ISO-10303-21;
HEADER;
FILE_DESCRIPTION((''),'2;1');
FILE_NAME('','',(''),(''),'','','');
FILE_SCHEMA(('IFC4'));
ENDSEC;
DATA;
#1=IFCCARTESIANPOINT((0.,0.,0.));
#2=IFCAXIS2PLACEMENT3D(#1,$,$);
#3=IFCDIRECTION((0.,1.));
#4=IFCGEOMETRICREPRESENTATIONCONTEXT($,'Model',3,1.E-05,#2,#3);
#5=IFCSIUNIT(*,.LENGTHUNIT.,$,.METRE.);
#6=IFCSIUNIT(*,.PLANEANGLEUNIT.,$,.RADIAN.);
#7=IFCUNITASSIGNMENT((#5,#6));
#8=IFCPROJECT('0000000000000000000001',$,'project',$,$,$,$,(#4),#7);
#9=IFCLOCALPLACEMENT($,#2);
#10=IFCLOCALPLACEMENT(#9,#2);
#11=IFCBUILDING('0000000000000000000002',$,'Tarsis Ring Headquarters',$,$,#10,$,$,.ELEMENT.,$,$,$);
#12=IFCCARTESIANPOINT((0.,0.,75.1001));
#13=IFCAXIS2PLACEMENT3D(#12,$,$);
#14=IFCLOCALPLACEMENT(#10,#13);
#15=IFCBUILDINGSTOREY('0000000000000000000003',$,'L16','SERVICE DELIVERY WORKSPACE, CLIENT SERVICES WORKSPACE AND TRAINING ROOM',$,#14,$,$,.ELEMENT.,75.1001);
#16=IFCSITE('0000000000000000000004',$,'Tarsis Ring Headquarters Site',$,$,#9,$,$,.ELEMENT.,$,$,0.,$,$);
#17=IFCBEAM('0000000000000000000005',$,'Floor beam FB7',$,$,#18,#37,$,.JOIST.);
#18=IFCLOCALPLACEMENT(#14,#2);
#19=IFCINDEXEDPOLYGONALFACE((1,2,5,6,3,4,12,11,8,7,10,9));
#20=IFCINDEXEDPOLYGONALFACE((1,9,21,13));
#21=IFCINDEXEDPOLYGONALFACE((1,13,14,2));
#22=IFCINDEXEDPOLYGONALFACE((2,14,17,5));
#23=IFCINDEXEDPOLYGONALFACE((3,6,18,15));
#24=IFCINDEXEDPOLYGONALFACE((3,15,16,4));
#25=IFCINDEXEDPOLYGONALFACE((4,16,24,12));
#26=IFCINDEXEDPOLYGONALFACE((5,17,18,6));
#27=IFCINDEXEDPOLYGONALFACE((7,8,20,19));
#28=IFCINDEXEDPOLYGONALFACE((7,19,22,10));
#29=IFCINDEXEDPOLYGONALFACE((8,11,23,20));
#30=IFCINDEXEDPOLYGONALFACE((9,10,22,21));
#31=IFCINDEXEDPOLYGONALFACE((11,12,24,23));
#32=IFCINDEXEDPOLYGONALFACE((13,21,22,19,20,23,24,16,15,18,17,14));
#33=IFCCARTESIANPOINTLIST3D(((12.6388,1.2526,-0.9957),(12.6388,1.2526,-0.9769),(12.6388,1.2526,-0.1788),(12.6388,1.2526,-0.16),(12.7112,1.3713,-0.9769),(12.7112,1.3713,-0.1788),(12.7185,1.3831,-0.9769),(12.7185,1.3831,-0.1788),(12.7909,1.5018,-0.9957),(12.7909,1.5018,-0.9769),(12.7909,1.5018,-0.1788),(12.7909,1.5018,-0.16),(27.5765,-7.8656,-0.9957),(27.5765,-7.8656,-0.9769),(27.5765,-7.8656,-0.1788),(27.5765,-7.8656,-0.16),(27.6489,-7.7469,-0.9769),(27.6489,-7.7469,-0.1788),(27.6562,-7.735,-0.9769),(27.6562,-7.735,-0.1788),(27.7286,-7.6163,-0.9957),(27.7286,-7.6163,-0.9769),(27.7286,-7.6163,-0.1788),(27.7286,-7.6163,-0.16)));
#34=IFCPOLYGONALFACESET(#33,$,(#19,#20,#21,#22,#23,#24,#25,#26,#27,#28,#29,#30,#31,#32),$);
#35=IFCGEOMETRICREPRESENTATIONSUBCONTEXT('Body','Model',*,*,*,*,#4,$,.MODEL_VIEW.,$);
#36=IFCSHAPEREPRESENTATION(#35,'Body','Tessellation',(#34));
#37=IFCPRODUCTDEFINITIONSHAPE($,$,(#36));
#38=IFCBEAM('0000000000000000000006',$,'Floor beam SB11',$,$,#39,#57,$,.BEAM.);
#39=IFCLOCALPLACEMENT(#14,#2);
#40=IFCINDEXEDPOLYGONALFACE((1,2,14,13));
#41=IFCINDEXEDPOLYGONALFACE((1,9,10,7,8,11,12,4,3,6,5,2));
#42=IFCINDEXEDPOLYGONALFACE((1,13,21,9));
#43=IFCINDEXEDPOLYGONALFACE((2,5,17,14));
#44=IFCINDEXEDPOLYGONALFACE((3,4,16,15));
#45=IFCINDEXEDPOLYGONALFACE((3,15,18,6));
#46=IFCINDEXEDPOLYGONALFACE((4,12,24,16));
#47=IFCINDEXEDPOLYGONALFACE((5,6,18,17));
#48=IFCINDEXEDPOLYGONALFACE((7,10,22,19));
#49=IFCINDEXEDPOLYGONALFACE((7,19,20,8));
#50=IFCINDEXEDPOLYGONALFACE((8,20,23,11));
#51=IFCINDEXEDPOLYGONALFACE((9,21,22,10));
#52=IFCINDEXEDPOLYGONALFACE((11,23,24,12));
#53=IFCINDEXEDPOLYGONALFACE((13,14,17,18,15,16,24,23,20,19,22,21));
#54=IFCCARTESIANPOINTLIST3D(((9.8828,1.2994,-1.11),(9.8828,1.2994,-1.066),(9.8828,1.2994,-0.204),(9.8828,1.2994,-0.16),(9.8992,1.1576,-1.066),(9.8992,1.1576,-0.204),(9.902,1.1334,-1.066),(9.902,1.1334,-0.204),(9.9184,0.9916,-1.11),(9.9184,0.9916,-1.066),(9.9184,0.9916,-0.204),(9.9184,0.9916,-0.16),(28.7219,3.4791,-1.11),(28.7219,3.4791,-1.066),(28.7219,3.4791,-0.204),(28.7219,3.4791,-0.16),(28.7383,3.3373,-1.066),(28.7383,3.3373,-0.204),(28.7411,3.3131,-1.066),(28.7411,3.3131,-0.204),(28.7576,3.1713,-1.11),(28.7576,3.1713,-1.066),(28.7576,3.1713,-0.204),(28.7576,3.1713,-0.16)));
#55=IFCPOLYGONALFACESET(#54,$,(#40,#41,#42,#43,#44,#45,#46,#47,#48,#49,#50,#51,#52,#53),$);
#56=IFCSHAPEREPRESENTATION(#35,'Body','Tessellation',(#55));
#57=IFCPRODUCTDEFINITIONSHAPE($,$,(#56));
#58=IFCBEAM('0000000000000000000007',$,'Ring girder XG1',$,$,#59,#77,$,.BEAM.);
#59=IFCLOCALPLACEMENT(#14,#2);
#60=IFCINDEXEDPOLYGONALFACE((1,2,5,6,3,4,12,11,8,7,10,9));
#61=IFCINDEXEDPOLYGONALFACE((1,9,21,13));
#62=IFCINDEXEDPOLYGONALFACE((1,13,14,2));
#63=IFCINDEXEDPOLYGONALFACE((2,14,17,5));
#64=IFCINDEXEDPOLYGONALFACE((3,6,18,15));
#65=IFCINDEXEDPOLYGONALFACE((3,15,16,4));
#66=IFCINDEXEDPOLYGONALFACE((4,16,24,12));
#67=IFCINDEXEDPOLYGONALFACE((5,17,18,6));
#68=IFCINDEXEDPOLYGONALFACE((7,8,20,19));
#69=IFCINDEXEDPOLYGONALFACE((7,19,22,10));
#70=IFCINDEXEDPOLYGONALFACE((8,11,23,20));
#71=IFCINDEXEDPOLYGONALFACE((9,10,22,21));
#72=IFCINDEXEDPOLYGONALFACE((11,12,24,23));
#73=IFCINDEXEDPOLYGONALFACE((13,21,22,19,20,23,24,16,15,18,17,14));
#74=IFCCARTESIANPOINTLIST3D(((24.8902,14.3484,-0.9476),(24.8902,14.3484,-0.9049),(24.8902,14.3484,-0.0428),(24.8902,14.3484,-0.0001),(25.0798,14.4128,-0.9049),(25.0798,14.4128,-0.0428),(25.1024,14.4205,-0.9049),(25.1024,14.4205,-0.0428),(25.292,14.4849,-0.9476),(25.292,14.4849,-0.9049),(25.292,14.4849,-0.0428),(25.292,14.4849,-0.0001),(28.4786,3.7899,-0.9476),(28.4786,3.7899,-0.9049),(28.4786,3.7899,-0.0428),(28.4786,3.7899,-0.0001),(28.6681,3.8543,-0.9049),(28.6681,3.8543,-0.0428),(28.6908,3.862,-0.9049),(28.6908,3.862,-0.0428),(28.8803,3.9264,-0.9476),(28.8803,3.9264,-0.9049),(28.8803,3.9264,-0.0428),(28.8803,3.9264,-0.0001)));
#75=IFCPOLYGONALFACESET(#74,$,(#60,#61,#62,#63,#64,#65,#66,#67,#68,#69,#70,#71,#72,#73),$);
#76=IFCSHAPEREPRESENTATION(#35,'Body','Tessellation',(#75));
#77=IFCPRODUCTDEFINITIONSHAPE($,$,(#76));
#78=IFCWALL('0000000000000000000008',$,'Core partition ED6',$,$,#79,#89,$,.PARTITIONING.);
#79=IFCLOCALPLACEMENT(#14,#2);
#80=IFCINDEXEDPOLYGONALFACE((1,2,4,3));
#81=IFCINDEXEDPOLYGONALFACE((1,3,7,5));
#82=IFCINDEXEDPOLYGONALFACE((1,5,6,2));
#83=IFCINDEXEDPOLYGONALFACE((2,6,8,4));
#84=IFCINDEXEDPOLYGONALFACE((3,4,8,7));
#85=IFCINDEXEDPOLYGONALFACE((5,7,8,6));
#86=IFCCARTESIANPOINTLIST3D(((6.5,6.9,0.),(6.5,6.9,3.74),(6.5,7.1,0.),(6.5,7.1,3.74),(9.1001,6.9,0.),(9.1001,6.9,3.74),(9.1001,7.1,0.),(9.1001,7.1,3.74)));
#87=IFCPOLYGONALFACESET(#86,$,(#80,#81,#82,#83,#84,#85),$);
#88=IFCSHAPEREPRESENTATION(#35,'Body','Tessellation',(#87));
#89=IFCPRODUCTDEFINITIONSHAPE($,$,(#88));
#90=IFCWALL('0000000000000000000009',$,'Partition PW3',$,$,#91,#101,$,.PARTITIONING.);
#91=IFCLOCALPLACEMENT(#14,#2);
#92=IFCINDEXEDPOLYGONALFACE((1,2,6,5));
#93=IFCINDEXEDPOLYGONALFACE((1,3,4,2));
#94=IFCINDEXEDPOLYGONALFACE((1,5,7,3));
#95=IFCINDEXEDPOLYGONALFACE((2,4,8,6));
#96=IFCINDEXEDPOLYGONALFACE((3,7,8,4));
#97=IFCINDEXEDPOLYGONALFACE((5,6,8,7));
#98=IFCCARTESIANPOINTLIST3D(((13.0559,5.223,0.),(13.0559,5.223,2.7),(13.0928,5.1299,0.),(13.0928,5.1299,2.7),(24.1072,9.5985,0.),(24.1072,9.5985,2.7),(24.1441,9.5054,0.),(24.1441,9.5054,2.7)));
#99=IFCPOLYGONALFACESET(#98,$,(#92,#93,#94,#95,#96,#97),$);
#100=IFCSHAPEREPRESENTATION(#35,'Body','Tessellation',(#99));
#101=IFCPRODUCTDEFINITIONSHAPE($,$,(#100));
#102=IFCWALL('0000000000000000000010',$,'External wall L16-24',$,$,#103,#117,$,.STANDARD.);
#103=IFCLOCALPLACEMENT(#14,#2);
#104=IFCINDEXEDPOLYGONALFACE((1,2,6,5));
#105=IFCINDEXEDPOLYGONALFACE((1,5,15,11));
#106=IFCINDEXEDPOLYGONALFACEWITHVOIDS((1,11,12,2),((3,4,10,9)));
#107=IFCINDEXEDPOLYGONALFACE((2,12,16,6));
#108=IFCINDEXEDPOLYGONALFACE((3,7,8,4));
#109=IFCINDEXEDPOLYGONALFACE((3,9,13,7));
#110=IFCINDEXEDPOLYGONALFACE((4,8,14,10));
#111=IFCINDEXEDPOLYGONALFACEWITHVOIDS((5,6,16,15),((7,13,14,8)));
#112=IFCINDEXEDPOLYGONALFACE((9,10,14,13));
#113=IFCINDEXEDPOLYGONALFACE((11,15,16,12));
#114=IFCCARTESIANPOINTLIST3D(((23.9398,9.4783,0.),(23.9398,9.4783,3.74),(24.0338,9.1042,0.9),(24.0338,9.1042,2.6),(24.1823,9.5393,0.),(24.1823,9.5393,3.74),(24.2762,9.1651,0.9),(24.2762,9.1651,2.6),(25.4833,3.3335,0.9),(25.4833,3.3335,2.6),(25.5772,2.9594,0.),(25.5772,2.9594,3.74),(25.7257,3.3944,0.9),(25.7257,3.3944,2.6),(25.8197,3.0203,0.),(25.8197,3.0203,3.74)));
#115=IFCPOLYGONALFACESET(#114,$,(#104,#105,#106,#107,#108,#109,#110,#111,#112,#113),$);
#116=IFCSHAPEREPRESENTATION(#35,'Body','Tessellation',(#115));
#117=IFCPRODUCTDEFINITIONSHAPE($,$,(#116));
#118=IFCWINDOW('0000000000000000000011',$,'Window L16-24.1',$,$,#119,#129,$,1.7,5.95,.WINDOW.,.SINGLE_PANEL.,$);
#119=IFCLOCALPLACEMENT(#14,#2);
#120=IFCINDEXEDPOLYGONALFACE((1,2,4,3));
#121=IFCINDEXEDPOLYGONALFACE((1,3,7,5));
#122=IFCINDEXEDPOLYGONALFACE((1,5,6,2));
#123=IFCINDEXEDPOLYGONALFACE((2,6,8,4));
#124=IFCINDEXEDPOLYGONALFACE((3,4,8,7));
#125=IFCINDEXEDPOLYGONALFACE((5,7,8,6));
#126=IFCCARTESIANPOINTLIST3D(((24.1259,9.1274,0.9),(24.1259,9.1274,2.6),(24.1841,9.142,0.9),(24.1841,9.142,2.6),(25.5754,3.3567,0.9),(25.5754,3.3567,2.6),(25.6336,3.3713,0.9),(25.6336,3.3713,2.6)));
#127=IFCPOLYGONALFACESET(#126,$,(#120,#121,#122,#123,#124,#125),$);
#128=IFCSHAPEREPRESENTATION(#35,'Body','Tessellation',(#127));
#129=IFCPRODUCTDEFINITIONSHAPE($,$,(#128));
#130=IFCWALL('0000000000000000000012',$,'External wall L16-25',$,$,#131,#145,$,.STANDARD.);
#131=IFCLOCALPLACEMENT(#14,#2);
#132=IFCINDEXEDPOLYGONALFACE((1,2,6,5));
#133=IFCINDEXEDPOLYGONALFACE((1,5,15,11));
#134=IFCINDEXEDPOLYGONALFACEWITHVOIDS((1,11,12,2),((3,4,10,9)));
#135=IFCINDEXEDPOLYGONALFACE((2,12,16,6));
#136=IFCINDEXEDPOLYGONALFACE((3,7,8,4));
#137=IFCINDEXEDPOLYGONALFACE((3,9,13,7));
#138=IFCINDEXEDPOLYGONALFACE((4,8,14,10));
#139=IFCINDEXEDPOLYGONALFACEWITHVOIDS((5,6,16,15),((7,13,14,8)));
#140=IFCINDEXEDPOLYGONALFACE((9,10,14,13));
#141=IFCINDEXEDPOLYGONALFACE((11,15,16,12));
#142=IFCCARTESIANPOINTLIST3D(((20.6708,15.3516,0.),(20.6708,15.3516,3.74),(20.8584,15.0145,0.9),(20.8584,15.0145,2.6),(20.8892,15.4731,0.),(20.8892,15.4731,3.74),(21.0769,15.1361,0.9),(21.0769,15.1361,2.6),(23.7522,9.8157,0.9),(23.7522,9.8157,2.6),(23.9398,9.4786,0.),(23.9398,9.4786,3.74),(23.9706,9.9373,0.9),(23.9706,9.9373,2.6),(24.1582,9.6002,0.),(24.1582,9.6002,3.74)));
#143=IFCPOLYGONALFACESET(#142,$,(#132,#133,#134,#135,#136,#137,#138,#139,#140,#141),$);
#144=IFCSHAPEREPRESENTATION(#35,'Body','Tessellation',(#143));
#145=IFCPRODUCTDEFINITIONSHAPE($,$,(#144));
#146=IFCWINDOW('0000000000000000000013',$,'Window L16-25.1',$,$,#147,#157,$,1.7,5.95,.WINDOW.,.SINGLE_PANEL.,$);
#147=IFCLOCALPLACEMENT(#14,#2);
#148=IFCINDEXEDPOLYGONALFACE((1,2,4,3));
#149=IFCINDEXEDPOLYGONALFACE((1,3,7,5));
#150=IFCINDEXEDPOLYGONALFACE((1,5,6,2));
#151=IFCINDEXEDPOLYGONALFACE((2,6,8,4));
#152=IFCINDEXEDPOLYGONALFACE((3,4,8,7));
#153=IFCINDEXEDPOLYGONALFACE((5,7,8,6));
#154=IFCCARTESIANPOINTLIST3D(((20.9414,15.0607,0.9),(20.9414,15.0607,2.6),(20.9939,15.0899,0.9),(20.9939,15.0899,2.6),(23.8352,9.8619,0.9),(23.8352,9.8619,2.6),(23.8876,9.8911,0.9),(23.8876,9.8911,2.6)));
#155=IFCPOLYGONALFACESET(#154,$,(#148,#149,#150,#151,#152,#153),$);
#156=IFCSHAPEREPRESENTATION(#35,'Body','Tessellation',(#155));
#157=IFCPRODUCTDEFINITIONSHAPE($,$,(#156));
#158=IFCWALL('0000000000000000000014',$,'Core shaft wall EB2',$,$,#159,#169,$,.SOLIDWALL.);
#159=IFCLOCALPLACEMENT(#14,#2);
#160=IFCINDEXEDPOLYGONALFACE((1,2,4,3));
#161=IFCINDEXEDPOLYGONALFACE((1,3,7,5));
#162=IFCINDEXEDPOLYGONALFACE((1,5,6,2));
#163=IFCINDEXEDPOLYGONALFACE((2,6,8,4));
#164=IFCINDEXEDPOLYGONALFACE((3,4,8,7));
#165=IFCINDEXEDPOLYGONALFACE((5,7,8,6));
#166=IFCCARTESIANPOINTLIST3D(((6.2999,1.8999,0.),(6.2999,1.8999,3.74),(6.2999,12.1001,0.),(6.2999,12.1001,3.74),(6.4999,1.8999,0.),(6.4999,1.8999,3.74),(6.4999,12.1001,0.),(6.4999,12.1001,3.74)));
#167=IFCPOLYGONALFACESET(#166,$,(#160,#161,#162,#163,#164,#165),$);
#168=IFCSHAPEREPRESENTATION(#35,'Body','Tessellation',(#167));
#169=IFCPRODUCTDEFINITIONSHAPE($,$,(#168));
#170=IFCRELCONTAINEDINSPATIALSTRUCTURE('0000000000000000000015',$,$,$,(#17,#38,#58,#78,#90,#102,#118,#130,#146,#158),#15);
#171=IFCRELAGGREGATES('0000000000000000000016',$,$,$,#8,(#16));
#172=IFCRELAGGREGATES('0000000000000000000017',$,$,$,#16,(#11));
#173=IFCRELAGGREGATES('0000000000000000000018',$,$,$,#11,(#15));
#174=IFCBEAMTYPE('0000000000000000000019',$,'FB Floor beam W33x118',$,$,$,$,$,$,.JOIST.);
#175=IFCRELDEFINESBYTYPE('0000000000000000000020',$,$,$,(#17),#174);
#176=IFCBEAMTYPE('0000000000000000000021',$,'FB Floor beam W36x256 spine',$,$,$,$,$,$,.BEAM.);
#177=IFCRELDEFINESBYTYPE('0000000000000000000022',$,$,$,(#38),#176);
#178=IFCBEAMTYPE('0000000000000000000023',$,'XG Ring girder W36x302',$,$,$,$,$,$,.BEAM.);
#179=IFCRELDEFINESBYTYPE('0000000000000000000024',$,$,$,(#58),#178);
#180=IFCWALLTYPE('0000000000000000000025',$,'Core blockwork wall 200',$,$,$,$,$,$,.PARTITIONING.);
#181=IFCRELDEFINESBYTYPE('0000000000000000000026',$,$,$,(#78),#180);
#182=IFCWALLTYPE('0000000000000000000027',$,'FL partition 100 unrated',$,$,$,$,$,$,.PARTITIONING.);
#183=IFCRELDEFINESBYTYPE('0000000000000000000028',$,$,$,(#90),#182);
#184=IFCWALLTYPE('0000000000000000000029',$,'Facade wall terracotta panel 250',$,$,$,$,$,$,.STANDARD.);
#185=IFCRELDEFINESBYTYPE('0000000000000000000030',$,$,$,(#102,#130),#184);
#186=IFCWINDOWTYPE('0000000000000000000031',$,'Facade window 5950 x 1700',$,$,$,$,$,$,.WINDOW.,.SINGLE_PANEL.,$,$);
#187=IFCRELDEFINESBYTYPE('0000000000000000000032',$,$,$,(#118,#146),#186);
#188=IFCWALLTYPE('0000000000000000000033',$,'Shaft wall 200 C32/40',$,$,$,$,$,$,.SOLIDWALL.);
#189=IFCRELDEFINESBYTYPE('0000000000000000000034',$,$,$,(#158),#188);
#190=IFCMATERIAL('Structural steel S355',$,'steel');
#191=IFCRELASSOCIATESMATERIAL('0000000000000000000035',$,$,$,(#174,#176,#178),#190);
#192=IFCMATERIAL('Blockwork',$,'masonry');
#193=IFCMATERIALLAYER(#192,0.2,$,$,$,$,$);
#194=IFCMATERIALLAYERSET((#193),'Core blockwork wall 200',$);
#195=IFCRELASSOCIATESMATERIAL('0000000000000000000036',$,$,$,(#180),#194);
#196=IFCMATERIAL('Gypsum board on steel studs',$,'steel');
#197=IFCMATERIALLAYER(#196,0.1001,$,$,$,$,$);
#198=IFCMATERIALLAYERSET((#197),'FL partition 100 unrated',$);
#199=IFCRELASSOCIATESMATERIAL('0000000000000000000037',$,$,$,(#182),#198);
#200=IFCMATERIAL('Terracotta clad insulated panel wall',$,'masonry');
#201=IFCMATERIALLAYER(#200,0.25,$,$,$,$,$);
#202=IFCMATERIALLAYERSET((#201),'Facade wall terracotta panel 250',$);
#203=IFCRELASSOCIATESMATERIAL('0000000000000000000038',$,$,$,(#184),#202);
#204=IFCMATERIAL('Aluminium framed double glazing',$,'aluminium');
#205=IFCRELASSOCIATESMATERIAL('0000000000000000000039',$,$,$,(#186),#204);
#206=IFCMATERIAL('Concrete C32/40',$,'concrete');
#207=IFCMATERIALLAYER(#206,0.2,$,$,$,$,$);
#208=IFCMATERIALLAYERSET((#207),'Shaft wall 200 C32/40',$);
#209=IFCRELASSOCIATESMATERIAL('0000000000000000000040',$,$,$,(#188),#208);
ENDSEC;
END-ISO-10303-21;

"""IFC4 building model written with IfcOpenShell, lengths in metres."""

from ifc_helpers import new_model, si_unit, direction, frame, frame_2d, origin, origin_2d, place, context, subcontext, project, spatial, rectangle, i_section, extrude, material, layer, layer_set, material_profile, profile_set, type_object, element, fill, save


model = new_model("IFC4")

# Units and contexts
model_context = context("Model", 3, precision=1e-05, world=origin(), true_north=direction((0.0, 1.0)))
body_context = subcontext(model_context, "Body", "Model", "MODEL_VIEW")
ifc_project = project(units=[si_unit("LENGTHUNIT", "METRE"), si_unit("PLANEANGLEUNIT", "RADIAN")], contexts=[model_context])

# Site, building, storey
site_placement = place(None, origin())
site = spatial("IfcSite", under=ifc_project, at=site_placement, Name="Tarsis Ring Headquarters Site", CompositionType="ELEMENT", RefElevation=0.0)
building_placement = place(site_placement, origin())
building = spatial("IfcBuilding", under=site, at=building_placement, Name="Tarsis Ring Headquarters", CompositionType="ELEMENT")
storey_placement = place(building_placement, frame((0.0, 0.0, 75.1001)))
storey = spatial("IfcBuildingStorey", under=building, at=storey_placement, Name="L16", Description="SERVICE DELIVERY WORKSPACE, CLIENT SERVICES WORKSPACE AND TRAINING ROOM", CompositionType="ELEMENT", Elevation=75.1001)

# Beams
ifc_material_1 = material(Name="Structural steel S355", Category="steel")
ifc_material_profile_1 = material_profile(ifc_material_1, i_section(OverallWidth=0.292, OverallDepth=0.8357, WebThickness=0.0139, FlangeThickness=0.0188, at=origin_2d()), Name="W33x118")
ifc_profile_set_1 = profile_set([ifc_material_profile_1], Name="Structural steel S355")
beam_type_1 = type_object("IfcBeamType", Name="FB Floor beam W33x118", PredefinedType="JOIST", material=ifc_profile_set_1)
beam_1_placement = place(storey_placement, frame((12.7148, 1.3772, -0.5779), z_axis=(0.853548, -0.521015, 0.0), x_axis=(0.521015, 0.853548, 0.0)))
element("IfcBeam", 1, at=beam_1_placement, inside=storey, type_object=beam_type_1, Name="Floor beam FB7", PredefinedType="JOIST", context=body_context, shape_type="SweptSolid", body=[
    extrude(i_section(OverallWidth=0.292, OverallDepth=0.8357, WebThickness=0.0139, FlangeThickness=0.0188, at=origin_2d()), origin(), (0.0, 0.0, 1.0), 17.5007),
])
ifc_material_profile_2 = material_profile(ifc_material_1, i_section(OverallWidth=0.3098, OverallDepth=0.95, WebThickness=0.0244, FlangeThickness=0.0439, at=origin_2d()), Name="W36x256")
ifc_profile_set_2 = profile_set([ifc_material_profile_2], Name="Structural steel S355")
beam_type_2 = type_object("IfcBeamType", Name="FB Floor beam W36x256 spine", PredefinedType="BEAM", material=ifc_profile_set_2)
beam_2_placement = place(storey_placement, frame((28.7397, 3.3252, -0.635), z_axis=(-0.993373, -0.114933, 0.0), x_axis=(0.114933, -0.993373, 0.0)))
element("IfcBeam", 2, at=beam_2_placement, inside=storey, type_object=beam_type_2, Name="Floor beam SB11", PredefinedType="BEAM", context=body_context, shape_type="SweptSolid", body=[
    extrude(i_section(OverallWidth=0.3098, OverallDepth=0.95, WebThickness=0.0244, FlangeThickness=0.0439, at=origin_2d()), origin(), (0.0, 0.0, 1.0), 18.9648),
])
ifc_material_profile_3 = material_profile(ifc_material_1, i_section(OverallWidth=0.4243, OverallDepth=0.9475, WebThickness=0.0239, FlangeThickness=0.0427, at=origin_2d()), Name="W36x302")
ifc_profile_set_3 = profile_set([ifc_material_profile_3], Name="Structural steel S355")
beam_type_3 = type_object("IfcBeamType", Name="XG Ring girder W36x302", PredefinedType="BEAM", material=ifc_profile_set_3)
beam_3_placement = place(storey_placement, frame((28.6794, 3.8582, -0.4739), z_axis=(-0.321779, 0.946815, 0.0), x_axis=(-0.946815, -0.321779, 0.0)))
element("IfcBeam", 3, at=beam_3_placement, inside=storey, type_object=beam_type_3, Name="Ring girder XG1", PredefinedType="BEAM", context=body_context, shape_type="SweptSolid", body=[
    extrude(i_section(OverallWidth=0.4243, OverallDepth=0.9475, WebThickness=0.0239, FlangeThickness=0.0427, at=origin_2d()), origin(), (0.0, 0.0, 1.0), 11.1516),
])

# Walls
ifc_material_2 = material(Name="Blockwork", Category="masonry")
ifc_layer_1 = layer(ifc_material_2, 0.2)
ifc_layer_set_1 = layer_set([ifc_layer_1], Name="Core blockwork wall 200")
wall_type_1 = type_object("IfcWallType", Name="Core blockwork wall 200", PredefinedType="PARTITIONING", material=ifc_layer_set_1)
wall_1_placement = place(storey_placement, frame((6.5, 7.0, 0.0), z_axis=(0.0, 0.0, 1.0), x_axis=(1.0, 0.0, 0.0)))
element("IfcWall", 4, at=wall_1_placement, inside=storey, type_object=wall_type_1, Name="Core partition ED6", PredefinedType="PARTITIONING", context=body_context, shape_type="SweptSolid", body=[
    extrude(rectangle(XDim=2.6001, YDim=0.2, at=frame_2d((1.3, 0.0))), origin(), (0.0, 0.0, 1.0), 3.74),
])
ifc_material_3 = material(Name="Gypsum board on steel studs", Category="steel")
ifc_layer_2 = layer(ifc_material_3, 0.1001)
ifc_layer_set_2 = layer_set([ifc_layer_2], Name="FL partition 100 unrated")
wall_type_2 = type_object("IfcWallType", Name="FL partition 100 unrated", PredefinedType="PARTITIONING", material=ifc_layer_set_2)
wall_2_placement = place(storey_placement, frame((13.0745, 5.1765, 0.0), z_axis=(0.0, 0.0, 1.0), x_axis=(0.929777, 0.368123, 0.0)))
element("IfcWall", 5, at=wall_2_placement, inside=storey, type_object=wall_type_2, Name="Partition PW3", PredefinedType="PARTITIONING", context=body_context, shape_type="SweptSolid", body=[
    extrude(rectangle(XDim=11.886, YDim=0.1001, at=frame_2d((5.9429, 0.0))), origin(), (0.0, 0.0, 1.0), 2.7),
])

# Walls, openings, windows
ifc_material_4 = material(Name="Terracotta clad insulated panel wall", Category="masonry")
ifc_layer_3 = layer(ifc_material_4, 0.25)
ifc_layer_set_3 = layer_set([ifc_layer_3], Name="Facade wall terracotta panel 250")
wall_type_3 = type_object("IfcWallType", Name="Facade wall terracotta panel 250", PredefinedType="STANDARD", material=ifc_layer_set_3)
wall_3_placement = place(storey_placement, frame((25.6985, 2.9897, 0.0), z_axis=(0.0, 0.0, 1.0), x_axis=(-0.243612, 0.969873, 0.0)))
wall_3 = element("IfcWall", 6, at=wall_3_placement, inside=storey, type_object=wall_type_3, Name="External wall L16-24", PredefinedType="STANDARD", context=body_context, shape_type="SweptSolid", body=[
    extrude(rectangle(XDim=6.7214, YDim=0.25, at=frame_2d((3.3608, 0.0))), origin(), (0.0, 0.0, 1.0), 3.74),
])
opening_1_placement = place(wall_3_placement, frame((0.3857, 0.0, 0.8999)))
opening_1 = element("IfcOpeningElement", 7, at=opening_1_placement, cuts=wall_3, PredefinedType="OPENING", context=body_context, shape_type="SweptSolid", body=[
    extrude(rectangle(XDim=5.95, YDim=1.7, at=frame_2d((2.9751, 0.8501))), frame((0.0, 0.135, 0.0), z_axis=(0.0, -1.0, 0.0), x_axis=(1.0, 0.0, 0.0)), (0.0, 0.0, 1.0), 0.27),
])
ifc_material_5 = material(Name="Aluminium framed double glazing", Category="aluminium")
window_type = type_object("IfcWindowType", Name="Facade window 5950 x 1700", PartitioningType="SINGLE_PANEL", PredefinedType="WINDOW", material=ifc_material_5)
window_1_placement = place(opening_1_placement, origin())
window_1 = element("IfcWindow", 8, at=window_1_placement, inside=storey, type_object=window_type, Name="Window L16-24.1", OverallHeight=1.7, OverallWidth=5.95, PartitioningType="SINGLE_PANEL", PredefinedType="WINDOW", context=body_context, shape_type="SweptSolid", body=[
    extrude(rectangle(XDim=5.95, YDim=1.7, at=frame_2d((2.9751, 0.8501))), frame((0.0, 0.03, 0.0), z_axis=(0.0, -1.0, 0.0), x_axis=(1.0, 0.0, 0.0)), (0.0, 0.0, 1.0), 0.0601),
])
fill(opening_1, window_1)
wall_4_placement = place(storey_placement, frame((24.0491, 9.5393, 0.0), z_axis=(0.0, 0.0, 1.0), x_axis=(-0.486352, 0.873763, 0.0)))
wall_4 = element("IfcWall", 9, at=wall_4_placement, inside=storey, type_object=wall_type_3, Name="External wall L16-25", PredefinedType="STANDARD", context=body_context, shape_type="SweptSolid", body=[
    extrude(rectangle(XDim=6.7214, YDim=0.25, at=frame_2d((3.3608, 0.0))), origin(), (0.0, 0.0, 1.0), 3.74),
])
opening_2_placement = place(wall_4_placement, frame((0.3857, 0.0, 0.8999)))
opening_2 = element("IfcOpeningElement", 10, at=opening_2_placement, cuts=wall_4, PredefinedType="OPENING", context=body_context, shape_type="SweptSolid", body=[
    extrude(rectangle(XDim=5.95, YDim=1.7, at=frame_2d((2.9751, 0.8501))), frame((0.0, 0.135, 0.0), z_axis=(0.0, -1.0, 0.0), x_axis=(1.0, 0.0, 0.0)), (0.0, 0.0, 1.0), 0.27),
])
window_2_placement = place(opening_2_placement, origin())
window_2 = element("IfcWindow", 11, at=window_2_placement, inside=storey, type_object=window_type, Name="Window L16-25.1", OverallHeight=1.7, OverallWidth=5.95, PartitioningType="SINGLE_PANEL", PredefinedType="WINDOW", context=body_context, shape_type="SweptSolid", body=[
    extrude(rectangle(XDim=5.95, YDim=1.7, at=frame_2d((2.9751, 0.8501))), frame((0.0, 0.03, 0.0), z_axis=(0.0, -1.0, 0.0), x_axis=(1.0, 0.0, 0.0)), (0.0, 0.0, 1.0), 0.0601),
])
fill(opening_2, window_2)

# Wall
ifc_material_6 = material(Name="Concrete C32/40", Category="concrete")
ifc_layer_4 = layer(ifc_material_6, 0.2)
ifc_layer_set_4 = layer_set([ifc_layer_4], Name="Shaft wall 200 C32/40")
wall_type_4 = type_object("IfcWallType", Name="Shaft wall 200 C32/40", PredefinedType="SOLIDWALL", material=ifc_layer_set_4)
wall_5_placement = place(storey_placement, frame((6.3999, 1.8999, 0.0), z_axis=(0.0, 0.0, 1.0), x_axis=(0.0, 1.0, 0.0)))
element("IfcWall", 12, at=wall_5_placement, inside=storey, type_object=wall_type_4, Name="Core shaft wall EB2", PredefinedType="SOLIDWALL", context=body_context, shape_type="SweptSolid", body=[
    extrude(rectangle(XDim=10.2002, YDim=0.2, at=frame_2d((5.1001, 0.0))), origin(), (0.0, 0.0, 1.0), 3.74),
])

save(model, "model.ifc")
